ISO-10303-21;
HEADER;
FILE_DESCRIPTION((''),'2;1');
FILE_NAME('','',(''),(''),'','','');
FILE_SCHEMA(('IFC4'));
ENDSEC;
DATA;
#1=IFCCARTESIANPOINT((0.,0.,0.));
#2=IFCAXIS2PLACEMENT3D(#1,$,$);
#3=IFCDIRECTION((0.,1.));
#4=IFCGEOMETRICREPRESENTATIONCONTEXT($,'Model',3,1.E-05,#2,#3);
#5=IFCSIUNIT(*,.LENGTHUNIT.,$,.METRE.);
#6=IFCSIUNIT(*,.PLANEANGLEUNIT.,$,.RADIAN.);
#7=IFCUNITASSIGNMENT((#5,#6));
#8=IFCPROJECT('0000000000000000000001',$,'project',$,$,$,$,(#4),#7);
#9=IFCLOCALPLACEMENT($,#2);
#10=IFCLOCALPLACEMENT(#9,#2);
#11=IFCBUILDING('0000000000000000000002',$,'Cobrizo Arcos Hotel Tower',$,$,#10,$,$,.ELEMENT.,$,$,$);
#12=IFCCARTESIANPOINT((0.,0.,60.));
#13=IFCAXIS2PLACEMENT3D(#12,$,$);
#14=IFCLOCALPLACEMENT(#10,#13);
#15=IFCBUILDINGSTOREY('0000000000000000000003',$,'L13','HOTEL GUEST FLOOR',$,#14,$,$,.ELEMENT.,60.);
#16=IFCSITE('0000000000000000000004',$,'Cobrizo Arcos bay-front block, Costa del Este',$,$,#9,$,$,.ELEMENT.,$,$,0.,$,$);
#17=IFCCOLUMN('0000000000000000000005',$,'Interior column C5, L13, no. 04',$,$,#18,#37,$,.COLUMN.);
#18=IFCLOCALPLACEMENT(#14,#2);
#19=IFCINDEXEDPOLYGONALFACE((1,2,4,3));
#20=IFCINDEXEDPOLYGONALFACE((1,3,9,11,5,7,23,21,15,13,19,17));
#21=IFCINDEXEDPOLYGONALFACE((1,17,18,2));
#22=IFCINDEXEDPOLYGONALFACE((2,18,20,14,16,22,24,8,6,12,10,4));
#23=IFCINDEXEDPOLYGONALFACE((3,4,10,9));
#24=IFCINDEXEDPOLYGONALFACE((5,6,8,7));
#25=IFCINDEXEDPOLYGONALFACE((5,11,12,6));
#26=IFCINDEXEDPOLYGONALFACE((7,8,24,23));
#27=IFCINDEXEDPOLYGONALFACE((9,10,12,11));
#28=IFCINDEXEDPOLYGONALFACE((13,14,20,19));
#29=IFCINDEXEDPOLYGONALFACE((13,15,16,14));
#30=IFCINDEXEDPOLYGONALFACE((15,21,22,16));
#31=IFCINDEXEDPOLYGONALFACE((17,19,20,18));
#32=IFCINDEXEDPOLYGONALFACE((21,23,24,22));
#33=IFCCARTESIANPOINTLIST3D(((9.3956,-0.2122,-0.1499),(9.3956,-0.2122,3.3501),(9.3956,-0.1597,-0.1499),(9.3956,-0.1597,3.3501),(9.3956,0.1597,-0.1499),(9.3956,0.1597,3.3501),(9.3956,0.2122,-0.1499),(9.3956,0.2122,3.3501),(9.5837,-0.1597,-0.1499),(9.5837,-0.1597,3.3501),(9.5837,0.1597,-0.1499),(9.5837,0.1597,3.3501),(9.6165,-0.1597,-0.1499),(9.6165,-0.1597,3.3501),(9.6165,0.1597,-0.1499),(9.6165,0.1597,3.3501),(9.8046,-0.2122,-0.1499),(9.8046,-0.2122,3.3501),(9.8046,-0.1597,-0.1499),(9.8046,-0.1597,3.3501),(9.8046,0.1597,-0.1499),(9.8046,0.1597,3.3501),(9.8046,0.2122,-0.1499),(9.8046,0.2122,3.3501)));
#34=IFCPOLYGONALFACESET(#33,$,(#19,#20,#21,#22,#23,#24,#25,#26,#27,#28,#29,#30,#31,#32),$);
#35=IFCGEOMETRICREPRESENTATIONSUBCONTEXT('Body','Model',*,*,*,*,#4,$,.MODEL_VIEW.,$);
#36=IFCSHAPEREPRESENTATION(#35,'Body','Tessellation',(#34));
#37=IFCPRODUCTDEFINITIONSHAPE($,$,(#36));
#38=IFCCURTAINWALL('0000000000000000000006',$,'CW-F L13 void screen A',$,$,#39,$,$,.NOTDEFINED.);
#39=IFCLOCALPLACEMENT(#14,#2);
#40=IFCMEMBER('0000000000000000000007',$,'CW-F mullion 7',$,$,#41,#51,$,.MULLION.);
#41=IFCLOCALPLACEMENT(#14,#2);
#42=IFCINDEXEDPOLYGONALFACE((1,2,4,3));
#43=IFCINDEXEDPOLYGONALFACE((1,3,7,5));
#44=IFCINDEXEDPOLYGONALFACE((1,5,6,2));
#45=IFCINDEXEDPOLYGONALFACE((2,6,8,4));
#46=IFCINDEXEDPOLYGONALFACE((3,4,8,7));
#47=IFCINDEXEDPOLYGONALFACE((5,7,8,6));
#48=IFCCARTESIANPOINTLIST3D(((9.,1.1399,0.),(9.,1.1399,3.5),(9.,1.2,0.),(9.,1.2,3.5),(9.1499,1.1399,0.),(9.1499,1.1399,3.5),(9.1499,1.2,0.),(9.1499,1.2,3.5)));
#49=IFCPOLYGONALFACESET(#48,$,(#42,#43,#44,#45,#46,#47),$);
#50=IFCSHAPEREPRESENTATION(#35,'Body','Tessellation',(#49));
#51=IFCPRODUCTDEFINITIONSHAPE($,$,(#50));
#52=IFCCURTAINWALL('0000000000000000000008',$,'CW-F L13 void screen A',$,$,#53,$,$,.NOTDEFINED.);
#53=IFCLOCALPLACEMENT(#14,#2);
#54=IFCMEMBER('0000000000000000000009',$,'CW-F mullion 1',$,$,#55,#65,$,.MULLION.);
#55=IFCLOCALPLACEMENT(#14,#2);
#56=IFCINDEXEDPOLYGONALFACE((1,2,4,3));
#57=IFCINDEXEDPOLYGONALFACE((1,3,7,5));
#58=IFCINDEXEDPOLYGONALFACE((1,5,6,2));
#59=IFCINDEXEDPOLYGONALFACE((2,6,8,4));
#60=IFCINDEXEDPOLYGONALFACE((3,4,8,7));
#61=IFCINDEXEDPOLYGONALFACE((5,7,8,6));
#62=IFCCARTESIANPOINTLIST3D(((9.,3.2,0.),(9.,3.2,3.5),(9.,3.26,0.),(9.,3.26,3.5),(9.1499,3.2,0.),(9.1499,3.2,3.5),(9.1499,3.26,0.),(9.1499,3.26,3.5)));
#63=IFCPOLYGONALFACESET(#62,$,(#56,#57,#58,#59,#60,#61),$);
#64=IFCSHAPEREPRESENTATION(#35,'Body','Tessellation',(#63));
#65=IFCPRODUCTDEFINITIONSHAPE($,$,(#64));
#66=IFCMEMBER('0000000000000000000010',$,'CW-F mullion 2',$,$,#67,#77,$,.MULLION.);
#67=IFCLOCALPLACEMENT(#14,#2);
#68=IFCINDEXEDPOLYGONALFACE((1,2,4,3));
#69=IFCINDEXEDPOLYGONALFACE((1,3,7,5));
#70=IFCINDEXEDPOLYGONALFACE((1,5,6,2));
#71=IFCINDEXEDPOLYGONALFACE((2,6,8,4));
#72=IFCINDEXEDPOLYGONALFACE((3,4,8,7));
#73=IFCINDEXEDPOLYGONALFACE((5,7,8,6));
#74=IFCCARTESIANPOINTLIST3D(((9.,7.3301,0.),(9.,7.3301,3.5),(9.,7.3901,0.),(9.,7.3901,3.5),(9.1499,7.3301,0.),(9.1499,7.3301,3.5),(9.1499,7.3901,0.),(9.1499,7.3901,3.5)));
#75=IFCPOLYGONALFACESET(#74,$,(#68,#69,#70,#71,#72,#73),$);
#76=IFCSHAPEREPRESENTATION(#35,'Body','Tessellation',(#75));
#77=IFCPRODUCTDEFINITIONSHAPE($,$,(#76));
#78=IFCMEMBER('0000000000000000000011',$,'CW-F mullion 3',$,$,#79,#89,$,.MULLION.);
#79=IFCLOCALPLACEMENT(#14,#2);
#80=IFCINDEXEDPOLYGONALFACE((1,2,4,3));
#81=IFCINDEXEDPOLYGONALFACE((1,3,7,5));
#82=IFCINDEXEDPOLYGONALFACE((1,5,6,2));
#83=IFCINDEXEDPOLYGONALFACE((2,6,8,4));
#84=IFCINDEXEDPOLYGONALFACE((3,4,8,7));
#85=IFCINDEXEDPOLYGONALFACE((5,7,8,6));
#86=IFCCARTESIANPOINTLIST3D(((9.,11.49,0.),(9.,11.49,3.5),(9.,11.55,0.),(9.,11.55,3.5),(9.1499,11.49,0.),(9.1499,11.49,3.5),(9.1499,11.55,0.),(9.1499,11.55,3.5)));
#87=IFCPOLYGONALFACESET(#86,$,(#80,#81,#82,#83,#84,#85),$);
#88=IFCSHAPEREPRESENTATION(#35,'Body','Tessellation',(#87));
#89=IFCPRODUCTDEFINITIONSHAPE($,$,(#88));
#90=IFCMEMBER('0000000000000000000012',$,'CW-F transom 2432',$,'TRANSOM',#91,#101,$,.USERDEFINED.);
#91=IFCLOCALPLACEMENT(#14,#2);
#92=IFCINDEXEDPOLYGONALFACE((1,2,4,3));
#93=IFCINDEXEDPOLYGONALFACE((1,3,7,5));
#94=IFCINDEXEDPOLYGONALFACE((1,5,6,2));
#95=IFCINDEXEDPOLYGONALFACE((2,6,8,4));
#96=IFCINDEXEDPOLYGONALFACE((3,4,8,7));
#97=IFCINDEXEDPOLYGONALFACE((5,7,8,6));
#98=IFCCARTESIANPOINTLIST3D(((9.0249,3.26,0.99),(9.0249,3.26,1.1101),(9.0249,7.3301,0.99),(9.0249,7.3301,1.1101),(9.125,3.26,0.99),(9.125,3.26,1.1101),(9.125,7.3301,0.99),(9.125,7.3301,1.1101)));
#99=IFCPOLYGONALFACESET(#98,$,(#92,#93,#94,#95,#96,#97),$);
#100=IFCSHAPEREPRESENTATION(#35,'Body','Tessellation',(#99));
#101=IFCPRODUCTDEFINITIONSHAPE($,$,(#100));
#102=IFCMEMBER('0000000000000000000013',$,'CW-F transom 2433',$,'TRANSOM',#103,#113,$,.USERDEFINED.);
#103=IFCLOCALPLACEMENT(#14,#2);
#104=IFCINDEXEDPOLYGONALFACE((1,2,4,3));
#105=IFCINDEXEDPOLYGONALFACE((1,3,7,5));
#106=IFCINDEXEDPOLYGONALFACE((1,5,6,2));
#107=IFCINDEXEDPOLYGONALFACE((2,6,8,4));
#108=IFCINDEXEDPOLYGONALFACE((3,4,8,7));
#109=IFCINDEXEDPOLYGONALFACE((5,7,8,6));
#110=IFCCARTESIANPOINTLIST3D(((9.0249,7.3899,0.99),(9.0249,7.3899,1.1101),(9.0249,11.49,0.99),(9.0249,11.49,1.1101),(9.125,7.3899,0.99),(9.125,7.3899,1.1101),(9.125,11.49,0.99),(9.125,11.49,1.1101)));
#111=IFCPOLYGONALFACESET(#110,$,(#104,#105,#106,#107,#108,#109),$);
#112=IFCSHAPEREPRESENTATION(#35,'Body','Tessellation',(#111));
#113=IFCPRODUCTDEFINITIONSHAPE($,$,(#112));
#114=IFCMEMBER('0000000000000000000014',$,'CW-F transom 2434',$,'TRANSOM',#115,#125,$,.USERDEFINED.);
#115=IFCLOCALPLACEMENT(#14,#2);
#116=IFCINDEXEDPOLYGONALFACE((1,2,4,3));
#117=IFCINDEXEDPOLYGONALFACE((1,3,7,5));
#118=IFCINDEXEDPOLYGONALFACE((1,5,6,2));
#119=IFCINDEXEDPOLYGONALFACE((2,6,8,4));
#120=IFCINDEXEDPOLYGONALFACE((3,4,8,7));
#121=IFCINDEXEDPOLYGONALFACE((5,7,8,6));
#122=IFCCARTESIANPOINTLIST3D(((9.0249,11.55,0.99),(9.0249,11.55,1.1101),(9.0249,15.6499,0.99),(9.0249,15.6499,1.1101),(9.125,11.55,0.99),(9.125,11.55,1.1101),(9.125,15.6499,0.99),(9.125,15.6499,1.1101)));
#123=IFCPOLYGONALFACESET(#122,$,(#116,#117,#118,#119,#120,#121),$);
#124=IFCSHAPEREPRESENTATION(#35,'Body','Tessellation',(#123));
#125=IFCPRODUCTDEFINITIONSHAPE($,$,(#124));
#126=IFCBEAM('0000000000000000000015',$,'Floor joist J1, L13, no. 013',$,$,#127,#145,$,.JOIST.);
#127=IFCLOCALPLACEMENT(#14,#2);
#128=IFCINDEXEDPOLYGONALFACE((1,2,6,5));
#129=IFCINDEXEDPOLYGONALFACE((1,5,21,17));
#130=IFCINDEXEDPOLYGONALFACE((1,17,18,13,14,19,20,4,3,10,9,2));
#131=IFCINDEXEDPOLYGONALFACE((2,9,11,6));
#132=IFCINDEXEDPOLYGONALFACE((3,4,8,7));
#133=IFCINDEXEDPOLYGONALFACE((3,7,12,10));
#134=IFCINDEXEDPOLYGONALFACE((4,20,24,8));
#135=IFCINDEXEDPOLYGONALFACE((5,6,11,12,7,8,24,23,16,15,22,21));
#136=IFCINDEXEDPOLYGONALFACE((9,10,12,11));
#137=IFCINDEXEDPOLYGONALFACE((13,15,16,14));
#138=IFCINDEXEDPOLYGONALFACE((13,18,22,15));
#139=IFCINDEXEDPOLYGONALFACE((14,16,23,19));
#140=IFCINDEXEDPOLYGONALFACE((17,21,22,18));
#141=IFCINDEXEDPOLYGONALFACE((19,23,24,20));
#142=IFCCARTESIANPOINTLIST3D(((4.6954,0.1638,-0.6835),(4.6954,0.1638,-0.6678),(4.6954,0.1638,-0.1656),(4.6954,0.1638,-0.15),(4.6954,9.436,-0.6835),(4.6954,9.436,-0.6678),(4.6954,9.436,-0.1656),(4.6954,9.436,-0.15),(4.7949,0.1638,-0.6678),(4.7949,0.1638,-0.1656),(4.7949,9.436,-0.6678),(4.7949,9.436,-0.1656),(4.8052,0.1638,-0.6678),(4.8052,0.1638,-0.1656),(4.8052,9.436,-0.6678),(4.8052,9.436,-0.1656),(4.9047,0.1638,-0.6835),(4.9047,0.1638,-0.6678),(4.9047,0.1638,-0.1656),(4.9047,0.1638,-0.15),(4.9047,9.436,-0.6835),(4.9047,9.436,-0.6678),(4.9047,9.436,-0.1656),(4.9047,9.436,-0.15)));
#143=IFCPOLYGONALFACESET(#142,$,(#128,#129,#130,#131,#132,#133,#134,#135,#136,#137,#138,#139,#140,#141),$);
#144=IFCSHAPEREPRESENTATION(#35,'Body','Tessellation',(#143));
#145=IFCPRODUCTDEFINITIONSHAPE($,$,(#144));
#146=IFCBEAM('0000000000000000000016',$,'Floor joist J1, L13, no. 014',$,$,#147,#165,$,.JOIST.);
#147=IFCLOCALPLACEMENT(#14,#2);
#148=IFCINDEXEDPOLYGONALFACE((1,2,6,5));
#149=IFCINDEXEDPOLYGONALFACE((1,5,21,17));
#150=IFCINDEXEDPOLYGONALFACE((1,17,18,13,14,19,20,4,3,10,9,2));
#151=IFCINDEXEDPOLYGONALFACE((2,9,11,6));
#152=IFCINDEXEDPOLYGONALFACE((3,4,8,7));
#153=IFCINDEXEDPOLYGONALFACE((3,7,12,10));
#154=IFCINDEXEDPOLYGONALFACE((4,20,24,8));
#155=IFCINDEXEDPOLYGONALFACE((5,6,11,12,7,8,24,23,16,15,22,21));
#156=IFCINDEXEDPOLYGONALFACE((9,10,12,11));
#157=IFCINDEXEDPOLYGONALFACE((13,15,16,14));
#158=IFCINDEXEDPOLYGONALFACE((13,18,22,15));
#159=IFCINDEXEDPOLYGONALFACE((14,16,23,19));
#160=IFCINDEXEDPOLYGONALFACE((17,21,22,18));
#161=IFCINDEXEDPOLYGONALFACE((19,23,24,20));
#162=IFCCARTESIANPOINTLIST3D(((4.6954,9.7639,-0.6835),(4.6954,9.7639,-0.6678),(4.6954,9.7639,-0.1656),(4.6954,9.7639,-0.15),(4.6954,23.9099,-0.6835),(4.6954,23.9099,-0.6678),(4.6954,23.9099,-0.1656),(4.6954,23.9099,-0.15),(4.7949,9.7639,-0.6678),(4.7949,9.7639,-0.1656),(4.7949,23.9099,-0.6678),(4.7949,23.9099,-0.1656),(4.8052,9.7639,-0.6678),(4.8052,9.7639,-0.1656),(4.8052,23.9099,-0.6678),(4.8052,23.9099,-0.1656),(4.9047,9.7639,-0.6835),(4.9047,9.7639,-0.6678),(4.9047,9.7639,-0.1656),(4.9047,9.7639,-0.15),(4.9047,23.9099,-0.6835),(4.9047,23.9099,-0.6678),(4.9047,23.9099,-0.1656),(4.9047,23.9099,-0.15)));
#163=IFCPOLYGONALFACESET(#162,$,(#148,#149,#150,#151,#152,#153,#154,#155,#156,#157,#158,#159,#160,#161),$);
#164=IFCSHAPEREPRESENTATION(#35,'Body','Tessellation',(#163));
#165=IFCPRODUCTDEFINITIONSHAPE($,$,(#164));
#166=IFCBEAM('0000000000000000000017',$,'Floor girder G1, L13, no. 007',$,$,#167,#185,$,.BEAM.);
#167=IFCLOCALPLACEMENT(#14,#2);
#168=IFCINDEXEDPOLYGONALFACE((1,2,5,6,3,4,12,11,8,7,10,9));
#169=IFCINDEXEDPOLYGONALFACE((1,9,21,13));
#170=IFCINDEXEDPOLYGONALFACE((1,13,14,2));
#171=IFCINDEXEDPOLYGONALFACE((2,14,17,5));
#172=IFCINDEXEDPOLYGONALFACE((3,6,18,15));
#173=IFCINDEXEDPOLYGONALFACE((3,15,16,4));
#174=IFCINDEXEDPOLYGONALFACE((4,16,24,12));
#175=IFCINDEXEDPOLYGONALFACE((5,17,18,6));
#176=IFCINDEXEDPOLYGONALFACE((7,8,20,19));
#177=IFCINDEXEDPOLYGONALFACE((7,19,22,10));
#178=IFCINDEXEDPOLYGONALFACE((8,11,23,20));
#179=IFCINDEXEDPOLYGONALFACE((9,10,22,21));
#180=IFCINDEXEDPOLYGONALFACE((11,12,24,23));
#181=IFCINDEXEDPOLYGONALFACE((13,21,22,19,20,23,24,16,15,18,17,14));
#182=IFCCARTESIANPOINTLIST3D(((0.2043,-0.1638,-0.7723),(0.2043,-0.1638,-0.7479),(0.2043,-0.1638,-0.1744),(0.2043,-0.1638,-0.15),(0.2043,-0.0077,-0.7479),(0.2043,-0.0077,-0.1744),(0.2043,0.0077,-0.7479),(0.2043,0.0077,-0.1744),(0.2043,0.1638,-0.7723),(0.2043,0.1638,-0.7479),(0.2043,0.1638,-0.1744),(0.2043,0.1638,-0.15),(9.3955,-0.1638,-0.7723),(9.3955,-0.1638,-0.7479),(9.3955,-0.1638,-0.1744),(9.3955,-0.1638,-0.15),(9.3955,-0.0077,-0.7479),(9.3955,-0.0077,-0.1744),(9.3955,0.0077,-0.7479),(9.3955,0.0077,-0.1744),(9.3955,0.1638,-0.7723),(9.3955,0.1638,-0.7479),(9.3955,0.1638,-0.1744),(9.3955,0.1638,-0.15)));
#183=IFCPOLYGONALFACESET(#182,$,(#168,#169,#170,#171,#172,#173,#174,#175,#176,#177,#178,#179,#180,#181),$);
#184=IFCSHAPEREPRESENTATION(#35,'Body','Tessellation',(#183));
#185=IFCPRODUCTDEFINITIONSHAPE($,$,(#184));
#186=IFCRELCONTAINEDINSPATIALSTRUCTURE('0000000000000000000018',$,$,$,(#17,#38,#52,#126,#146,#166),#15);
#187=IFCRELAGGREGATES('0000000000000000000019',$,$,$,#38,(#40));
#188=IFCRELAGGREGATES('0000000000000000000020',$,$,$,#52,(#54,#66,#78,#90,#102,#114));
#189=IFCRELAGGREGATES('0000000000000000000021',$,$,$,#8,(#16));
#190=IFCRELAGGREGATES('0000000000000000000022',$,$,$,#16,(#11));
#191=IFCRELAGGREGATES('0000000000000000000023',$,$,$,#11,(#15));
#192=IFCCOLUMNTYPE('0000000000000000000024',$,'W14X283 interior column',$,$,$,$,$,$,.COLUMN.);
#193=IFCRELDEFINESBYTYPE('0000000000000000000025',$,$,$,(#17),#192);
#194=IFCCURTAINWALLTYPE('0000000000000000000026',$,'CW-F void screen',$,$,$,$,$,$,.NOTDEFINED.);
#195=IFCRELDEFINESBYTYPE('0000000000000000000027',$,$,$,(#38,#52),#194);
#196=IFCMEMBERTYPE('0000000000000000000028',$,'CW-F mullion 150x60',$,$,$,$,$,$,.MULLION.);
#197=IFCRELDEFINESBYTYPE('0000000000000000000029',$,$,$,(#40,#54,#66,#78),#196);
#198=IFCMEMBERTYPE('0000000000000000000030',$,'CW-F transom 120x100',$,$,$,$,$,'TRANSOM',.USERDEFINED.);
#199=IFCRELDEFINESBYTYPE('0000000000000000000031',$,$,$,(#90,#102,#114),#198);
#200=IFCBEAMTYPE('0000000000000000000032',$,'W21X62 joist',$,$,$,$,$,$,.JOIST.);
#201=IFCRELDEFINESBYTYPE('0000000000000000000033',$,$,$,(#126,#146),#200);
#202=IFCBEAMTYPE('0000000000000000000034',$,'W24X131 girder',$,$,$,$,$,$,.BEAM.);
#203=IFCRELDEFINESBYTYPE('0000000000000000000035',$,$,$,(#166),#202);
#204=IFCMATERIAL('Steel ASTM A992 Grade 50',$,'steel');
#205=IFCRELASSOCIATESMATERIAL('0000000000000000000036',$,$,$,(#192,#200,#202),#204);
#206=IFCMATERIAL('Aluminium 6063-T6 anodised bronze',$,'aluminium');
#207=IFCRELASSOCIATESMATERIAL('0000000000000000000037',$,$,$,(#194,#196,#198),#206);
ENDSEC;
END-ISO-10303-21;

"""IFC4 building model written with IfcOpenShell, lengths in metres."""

from ifc_helpers import new_model, si_unit, direction, frame, origin, origin_2d, place, context, subcontext, project, spatial, rectangle, i_section, extrude, material, material_profile, profile_set, type_object, element, aggregate, save


model = new_model("IFC4")

# Units and contexts
model_context = context("Model", 3, precision=1e-05, world=origin(), true_north=direction((0.0, 1.0)))
body_context = subcontext(model_context, "Body", "Model", "MODEL_VIEW")
ifc_project = project(units=[si_unit("LENGTHUNIT", "METRE"), si_unit("PLANEANGLEUNIT", "RADIAN")], contexts=[model_context])

# Site, building, storey
site_placement = place(None, origin())
site = spatial("IfcSite", under=ifc_project, at=site_placement, Name="Cobrizo Arcos bay-front block, Costa del Este", CompositionType="ELEMENT", RefElevation=0.0)
building_placement = place(site_placement, origin())
building = spatial("IfcBuilding", under=site, at=building_placement, Name="Cobrizo Arcos Hotel Tower", CompositionType="ELEMENT")
storey_placement = place(building_placement, frame((0.0, 0.0, 60.0)))
storey = spatial("IfcBuildingStorey", under=building, at=storey_placement, Name="L13", Description="HOTEL GUEST FLOOR", CompositionType="ELEMENT", Elevation=60.0)

# Column
ifc_material_1 = material(Name="Steel ASTM A992 Grade 50", Category="steel")
ifc_material_profile_1 = material_profile(ifc_material_1, i_section(OverallWidth=0.4089, OverallDepth=0.4243, WebThickness=0.0327, FlangeThickness=0.0525, at=origin_2d()), Name="W14X283")
ifc_profile_set_1 = profile_set([ifc_material_profile_1], Name="Steel ASTM A992 Grade 50")
column_type = type_object("IfcColumnType", Name="W14X283 interior column", PredefinedType="COLUMN", material=ifc_profile_set_1)
column_placement = place(storey_placement, frame((9.6001, 0.0, -0.1499), z_axis=(0.0, 0.0, 1.0), x_axis=(1.0, 0.0, 0.0)))
element("IfcColumn", 1, at=column_placement, inside=storey, type_object=column_type, Name="Interior column C5, L13, no. 04", PredefinedType="COLUMN", context=body_context, shape_type="SweptSolid", body=[
    extrude(i_section(OverallWidth=0.4089, OverallDepth=0.4243, WebThickness=0.0327, FlangeThickness=0.0525, at=origin_2d()), origin(), (0.0, 0.0, 1.0), 3.5),
])

# Curtain wall, member
ifc_material_2 = material(Name="Aluminium 6063-T6 anodised bronze", Category="aluminium")
curtain_wall_type = type_object("IfcCurtainWallType", Name="CW-F void screen", PredefinedType="NOTDEFINED", material=ifc_material_2)
curtain_wall_1_placement = place(storey_placement, origin())
curtain_wall_1 = element("IfcCurtainWall", 2, at=curtain_wall_1_placement, inside=storey, type_object=curtain_wall_type, Name="CW-F L13 void screen A", PredefinedType="NOTDEFINED")
ifc_material_profile_2 = material_profile(ifc_material_2, rectangle(XDim=0.1499, YDim=0.0601, at=origin_2d()), Name="CW-F mullion 150x60")
ifc_profile_set_2 = profile_set([ifc_material_profile_2], Name="Aluminium 6063-T6 anodised bronze")
member_type_1 = type_object("IfcMemberType", Name="CW-F mullion 150x60", PredefinedType="MULLION", material=ifc_profile_set_2)
member_1_placement = place(storey_placement, frame((9.075, 1.1699, 0.0), z_axis=(0.0, 0.0, 1.0), x_axis=(1.0, 0.0, 0.0)))
member_1 = element("IfcMember", 3, at=member_1_placement, type_object=member_type_1, Name="CW-F mullion 7", PredefinedType="MULLION", context=body_context, shape_type="SweptSolid", body=[
    extrude(rectangle(XDim=0.1499, YDim=0.0601, at=origin_2d()), origin(), (0.0, 0.0, 1.0), 3.5),
])

# Curtain wall, members
curtain_wall_2_placement = place(storey_placement, origin())
curtain_wall_2 = element("IfcCurtainWall", 4, at=curtain_wall_2_placement, inside=storey, type_object=curtain_wall_type, Name="CW-F L13 void screen A", PredefinedType="NOTDEFINED")
member_2_placement = place(storey_placement, frame((9.075, 3.23, 0.0), z_axis=(0.0, 0.0, 1.0), x_axis=(1.0, 0.0, 0.0)))
member_2 = element("IfcMember", 5, at=member_2_placement, type_object=member_type_1, Name="CW-F mullion 1", PredefinedType="MULLION", context=body_context, shape_type="SweptSolid", body=[
    extrude(rectangle(XDim=0.1499, YDim=0.0601, at=origin_2d()), origin(), (0.0, 0.0, 1.0), 3.5),
])
member_3_placement = place(storey_placement, frame((9.075, 7.3601, 0.0), z_axis=(0.0, 0.0, 1.0), x_axis=(1.0, 0.0, 0.0)))
member_3 = element("IfcMember", 6, at=member_3_placement, type_object=member_type_1, Name="CW-F mullion 2", PredefinedType="MULLION", context=body_context, shape_type="SweptSolid", body=[
    extrude(rectangle(XDim=0.1499, YDim=0.0601, at=origin_2d()), origin(), (0.0, 0.0, 1.0), 3.5),
])
member_4_placement = place(storey_placement, frame((9.075, 11.52, 0.0), z_axis=(0.0, 0.0, 1.0), x_axis=(1.0, 0.0, 0.0)))
member_4 = element("IfcMember", 7, at=member_4_placement, type_object=member_type_1, Name="CW-F mullion 3", PredefinedType="MULLION", context=body_context, shape_type="SweptSolid", body=[
    extrude(rectangle(XDim=0.1499, YDim=0.0601, at=origin_2d()), origin(), (0.0, 0.0, 1.0), 3.5),
])
ifc_material_profile_3 = material_profile(ifc_material_2, rectangle(XDim=0.1001, YDim=0.1201, at=origin_2d()), Name="CW-F transom 120x100")
ifc_profile_set_3 = profile_set([ifc_material_profile_3], Name="Aluminium 6063-T6 anodised bronze")
member_type_2 = type_object("IfcMemberType", Name="CW-F transom 120x100", ElementType="TRANSOM", PredefinedType="USERDEFINED", material=ifc_profile_set_3)
member_5_placement = place(storey_placement, frame((9.075, 3.26, 1.05), z_axis=(0.0, 1.0, 0.0), x_axis=(-1.0, 0.0, 0.0)))
member_5 = element("IfcMember", 8, at=member_5_placement, type_object=member_type_2, Name="CW-F transom 2432", ObjectType="TRANSOM", PredefinedType="USERDEFINED", context=body_context, shape_type="SweptSolid", body=[
    extrude(rectangle(XDim=0.1001, YDim=0.1201, at=origin_2d()), origin(), (0.0, 0.0, 1.0), 4.0701),
])
member_6_placement = place(storey_placement, frame((9.075, 7.3899, 1.05), z_axis=(0.0, 1.0, 0.0), x_axis=(-1.0, 0.0, 0.0)))
member_6 = element("IfcMember", 9, at=member_6_placement, type_object=member_type_2, Name="CW-F transom 2433", ObjectType="TRANSOM", PredefinedType="USERDEFINED", context=body_context, shape_type="SweptSolid", body=[
    extrude(rectangle(XDim=0.1001, YDim=0.1201, at=origin_2d()), origin(), (0.0, 0.0, 1.0), 4.1001),
])
member_7_placement = place(storey_placement, frame((9.075, 11.55, 1.05), z_axis=(0.0, 1.0, 0.0), x_axis=(-1.0, 0.0, 0.0)))
member_7 = element("IfcMember", 10, at=member_7_placement, type_object=member_type_2, Name="CW-F transom 2434", ObjectType="TRANSOM", PredefinedType="USERDEFINED", context=body_context, shape_type="SweptSolid", body=[
    extrude(rectangle(XDim=0.1001, YDim=0.1201, at=origin_2d()), origin(), (0.0, 0.0, 1.0), 4.0999),
])

# Beams
ifc_material_profile_4 = material_profile(ifc_material_1, i_section(OverallWidth=0.2092, OverallDepth=0.5334, WebThickness=0.0103, FlangeThickness=0.0156, at=origin_2d()), Name="W21X62")
ifc_profile_set_4 = profile_set([ifc_material_profile_4], Name="Steel ASTM A992 Grade 50")
beam_type_1 = type_object("IfcBeamType", Name="W21X62 joist", PredefinedType="JOIST", material=ifc_profile_set_4)
beam_1_placement = place(storey_placement, frame((4.8, 0.1638, -0.4167), z_axis=(0.0, 1.0, 0.0), x_axis=(-1.0, 0.0, 0.0)))
element("IfcBeam", 11, at=beam_1_placement, inside=storey, type_object=beam_type_1, Name="Floor joist J1, L13, no. 013", PredefinedType="JOIST", context=body_context, shape_type="SweptSolid", body=[
    extrude(i_section(OverallWidth=0.2092, OverallDepth=0.5334, WebThickness=0.0103, FlangeThickness=0.0156, at=origin_2d()), origin(), (0.0, 0.0, 1.0), 9.2722),
])
beam_2_placement = place(storey_placement, frame((4.8, 9.7639, -0.4167), z_axis=(0.0, 1.0, 0.0), x_axis=(-1.0, 0.0, 0.0)))
element("IfcBeam", 12, at=beam_2_placement, inside=storey, type_object=beam_type_1, Name="Floor joist J1, L13, no. 014", PredefinedType="JOIST", context=body_context, shape_type="SweptSolid", body=[
    extrude(i_section(OverallWidth=0.2092, OverallDepth=0.5334, WebThickness=0.0103, FlangeThickness=0.0156, at=origin_2d()), origin(), (0.0, 0.0, 1.0), 14.146),
])
ifc_material_profile_5 = material_profile(ifc_material_1, i_section(OverallWidth=0.3276, OverallDepth=0.6223, WebThickness=0.0154, FlangeThickness=0.0244, at=origin_2d()), Name="W24X131")
ifc_profile_set_5 = profile_set([ifc_material_profile_5], Name="Steel ASTM A992 Grade 50")
beam_type_2 = type_object("IfcBeamType", Name="W24X131 girder", PredefinedType="BEAM", material=ifc_profile_set_5)
for number, where, z_axis, x_axis, name in (
    (13, (0.2043, 0.0, -0.4612), (1.0, 0.0, 0.0), (0.0, 1.0, 0.0), "Floor girder G1, L13, no. 007"),
):
    element("IfcBeam", number, at=place(storey_placement, frame(where, z_axis=z_axis, x_axis=x_axis)), inside=storey, type_object=beam_type_2, Name=name, PredefinedType="BEAM", context=body_context, shape_type="SweptSolid", body=[
        extrude(i_section(OverallWidth=0.3276, OverallDepth=0.6223, WebThickness=0.0154, FlangeThickness=0.0244, at=origin_2d()), origin(), (0.0, 0.0, 1.0), 9.1912),
    ])

aggregate(curtain_wall_1, [member_1])
aggregate(curtain_wall_2, [member_2, member_3, member_4, member_5, member_6, member_7])

save(model, "model.ifc")
